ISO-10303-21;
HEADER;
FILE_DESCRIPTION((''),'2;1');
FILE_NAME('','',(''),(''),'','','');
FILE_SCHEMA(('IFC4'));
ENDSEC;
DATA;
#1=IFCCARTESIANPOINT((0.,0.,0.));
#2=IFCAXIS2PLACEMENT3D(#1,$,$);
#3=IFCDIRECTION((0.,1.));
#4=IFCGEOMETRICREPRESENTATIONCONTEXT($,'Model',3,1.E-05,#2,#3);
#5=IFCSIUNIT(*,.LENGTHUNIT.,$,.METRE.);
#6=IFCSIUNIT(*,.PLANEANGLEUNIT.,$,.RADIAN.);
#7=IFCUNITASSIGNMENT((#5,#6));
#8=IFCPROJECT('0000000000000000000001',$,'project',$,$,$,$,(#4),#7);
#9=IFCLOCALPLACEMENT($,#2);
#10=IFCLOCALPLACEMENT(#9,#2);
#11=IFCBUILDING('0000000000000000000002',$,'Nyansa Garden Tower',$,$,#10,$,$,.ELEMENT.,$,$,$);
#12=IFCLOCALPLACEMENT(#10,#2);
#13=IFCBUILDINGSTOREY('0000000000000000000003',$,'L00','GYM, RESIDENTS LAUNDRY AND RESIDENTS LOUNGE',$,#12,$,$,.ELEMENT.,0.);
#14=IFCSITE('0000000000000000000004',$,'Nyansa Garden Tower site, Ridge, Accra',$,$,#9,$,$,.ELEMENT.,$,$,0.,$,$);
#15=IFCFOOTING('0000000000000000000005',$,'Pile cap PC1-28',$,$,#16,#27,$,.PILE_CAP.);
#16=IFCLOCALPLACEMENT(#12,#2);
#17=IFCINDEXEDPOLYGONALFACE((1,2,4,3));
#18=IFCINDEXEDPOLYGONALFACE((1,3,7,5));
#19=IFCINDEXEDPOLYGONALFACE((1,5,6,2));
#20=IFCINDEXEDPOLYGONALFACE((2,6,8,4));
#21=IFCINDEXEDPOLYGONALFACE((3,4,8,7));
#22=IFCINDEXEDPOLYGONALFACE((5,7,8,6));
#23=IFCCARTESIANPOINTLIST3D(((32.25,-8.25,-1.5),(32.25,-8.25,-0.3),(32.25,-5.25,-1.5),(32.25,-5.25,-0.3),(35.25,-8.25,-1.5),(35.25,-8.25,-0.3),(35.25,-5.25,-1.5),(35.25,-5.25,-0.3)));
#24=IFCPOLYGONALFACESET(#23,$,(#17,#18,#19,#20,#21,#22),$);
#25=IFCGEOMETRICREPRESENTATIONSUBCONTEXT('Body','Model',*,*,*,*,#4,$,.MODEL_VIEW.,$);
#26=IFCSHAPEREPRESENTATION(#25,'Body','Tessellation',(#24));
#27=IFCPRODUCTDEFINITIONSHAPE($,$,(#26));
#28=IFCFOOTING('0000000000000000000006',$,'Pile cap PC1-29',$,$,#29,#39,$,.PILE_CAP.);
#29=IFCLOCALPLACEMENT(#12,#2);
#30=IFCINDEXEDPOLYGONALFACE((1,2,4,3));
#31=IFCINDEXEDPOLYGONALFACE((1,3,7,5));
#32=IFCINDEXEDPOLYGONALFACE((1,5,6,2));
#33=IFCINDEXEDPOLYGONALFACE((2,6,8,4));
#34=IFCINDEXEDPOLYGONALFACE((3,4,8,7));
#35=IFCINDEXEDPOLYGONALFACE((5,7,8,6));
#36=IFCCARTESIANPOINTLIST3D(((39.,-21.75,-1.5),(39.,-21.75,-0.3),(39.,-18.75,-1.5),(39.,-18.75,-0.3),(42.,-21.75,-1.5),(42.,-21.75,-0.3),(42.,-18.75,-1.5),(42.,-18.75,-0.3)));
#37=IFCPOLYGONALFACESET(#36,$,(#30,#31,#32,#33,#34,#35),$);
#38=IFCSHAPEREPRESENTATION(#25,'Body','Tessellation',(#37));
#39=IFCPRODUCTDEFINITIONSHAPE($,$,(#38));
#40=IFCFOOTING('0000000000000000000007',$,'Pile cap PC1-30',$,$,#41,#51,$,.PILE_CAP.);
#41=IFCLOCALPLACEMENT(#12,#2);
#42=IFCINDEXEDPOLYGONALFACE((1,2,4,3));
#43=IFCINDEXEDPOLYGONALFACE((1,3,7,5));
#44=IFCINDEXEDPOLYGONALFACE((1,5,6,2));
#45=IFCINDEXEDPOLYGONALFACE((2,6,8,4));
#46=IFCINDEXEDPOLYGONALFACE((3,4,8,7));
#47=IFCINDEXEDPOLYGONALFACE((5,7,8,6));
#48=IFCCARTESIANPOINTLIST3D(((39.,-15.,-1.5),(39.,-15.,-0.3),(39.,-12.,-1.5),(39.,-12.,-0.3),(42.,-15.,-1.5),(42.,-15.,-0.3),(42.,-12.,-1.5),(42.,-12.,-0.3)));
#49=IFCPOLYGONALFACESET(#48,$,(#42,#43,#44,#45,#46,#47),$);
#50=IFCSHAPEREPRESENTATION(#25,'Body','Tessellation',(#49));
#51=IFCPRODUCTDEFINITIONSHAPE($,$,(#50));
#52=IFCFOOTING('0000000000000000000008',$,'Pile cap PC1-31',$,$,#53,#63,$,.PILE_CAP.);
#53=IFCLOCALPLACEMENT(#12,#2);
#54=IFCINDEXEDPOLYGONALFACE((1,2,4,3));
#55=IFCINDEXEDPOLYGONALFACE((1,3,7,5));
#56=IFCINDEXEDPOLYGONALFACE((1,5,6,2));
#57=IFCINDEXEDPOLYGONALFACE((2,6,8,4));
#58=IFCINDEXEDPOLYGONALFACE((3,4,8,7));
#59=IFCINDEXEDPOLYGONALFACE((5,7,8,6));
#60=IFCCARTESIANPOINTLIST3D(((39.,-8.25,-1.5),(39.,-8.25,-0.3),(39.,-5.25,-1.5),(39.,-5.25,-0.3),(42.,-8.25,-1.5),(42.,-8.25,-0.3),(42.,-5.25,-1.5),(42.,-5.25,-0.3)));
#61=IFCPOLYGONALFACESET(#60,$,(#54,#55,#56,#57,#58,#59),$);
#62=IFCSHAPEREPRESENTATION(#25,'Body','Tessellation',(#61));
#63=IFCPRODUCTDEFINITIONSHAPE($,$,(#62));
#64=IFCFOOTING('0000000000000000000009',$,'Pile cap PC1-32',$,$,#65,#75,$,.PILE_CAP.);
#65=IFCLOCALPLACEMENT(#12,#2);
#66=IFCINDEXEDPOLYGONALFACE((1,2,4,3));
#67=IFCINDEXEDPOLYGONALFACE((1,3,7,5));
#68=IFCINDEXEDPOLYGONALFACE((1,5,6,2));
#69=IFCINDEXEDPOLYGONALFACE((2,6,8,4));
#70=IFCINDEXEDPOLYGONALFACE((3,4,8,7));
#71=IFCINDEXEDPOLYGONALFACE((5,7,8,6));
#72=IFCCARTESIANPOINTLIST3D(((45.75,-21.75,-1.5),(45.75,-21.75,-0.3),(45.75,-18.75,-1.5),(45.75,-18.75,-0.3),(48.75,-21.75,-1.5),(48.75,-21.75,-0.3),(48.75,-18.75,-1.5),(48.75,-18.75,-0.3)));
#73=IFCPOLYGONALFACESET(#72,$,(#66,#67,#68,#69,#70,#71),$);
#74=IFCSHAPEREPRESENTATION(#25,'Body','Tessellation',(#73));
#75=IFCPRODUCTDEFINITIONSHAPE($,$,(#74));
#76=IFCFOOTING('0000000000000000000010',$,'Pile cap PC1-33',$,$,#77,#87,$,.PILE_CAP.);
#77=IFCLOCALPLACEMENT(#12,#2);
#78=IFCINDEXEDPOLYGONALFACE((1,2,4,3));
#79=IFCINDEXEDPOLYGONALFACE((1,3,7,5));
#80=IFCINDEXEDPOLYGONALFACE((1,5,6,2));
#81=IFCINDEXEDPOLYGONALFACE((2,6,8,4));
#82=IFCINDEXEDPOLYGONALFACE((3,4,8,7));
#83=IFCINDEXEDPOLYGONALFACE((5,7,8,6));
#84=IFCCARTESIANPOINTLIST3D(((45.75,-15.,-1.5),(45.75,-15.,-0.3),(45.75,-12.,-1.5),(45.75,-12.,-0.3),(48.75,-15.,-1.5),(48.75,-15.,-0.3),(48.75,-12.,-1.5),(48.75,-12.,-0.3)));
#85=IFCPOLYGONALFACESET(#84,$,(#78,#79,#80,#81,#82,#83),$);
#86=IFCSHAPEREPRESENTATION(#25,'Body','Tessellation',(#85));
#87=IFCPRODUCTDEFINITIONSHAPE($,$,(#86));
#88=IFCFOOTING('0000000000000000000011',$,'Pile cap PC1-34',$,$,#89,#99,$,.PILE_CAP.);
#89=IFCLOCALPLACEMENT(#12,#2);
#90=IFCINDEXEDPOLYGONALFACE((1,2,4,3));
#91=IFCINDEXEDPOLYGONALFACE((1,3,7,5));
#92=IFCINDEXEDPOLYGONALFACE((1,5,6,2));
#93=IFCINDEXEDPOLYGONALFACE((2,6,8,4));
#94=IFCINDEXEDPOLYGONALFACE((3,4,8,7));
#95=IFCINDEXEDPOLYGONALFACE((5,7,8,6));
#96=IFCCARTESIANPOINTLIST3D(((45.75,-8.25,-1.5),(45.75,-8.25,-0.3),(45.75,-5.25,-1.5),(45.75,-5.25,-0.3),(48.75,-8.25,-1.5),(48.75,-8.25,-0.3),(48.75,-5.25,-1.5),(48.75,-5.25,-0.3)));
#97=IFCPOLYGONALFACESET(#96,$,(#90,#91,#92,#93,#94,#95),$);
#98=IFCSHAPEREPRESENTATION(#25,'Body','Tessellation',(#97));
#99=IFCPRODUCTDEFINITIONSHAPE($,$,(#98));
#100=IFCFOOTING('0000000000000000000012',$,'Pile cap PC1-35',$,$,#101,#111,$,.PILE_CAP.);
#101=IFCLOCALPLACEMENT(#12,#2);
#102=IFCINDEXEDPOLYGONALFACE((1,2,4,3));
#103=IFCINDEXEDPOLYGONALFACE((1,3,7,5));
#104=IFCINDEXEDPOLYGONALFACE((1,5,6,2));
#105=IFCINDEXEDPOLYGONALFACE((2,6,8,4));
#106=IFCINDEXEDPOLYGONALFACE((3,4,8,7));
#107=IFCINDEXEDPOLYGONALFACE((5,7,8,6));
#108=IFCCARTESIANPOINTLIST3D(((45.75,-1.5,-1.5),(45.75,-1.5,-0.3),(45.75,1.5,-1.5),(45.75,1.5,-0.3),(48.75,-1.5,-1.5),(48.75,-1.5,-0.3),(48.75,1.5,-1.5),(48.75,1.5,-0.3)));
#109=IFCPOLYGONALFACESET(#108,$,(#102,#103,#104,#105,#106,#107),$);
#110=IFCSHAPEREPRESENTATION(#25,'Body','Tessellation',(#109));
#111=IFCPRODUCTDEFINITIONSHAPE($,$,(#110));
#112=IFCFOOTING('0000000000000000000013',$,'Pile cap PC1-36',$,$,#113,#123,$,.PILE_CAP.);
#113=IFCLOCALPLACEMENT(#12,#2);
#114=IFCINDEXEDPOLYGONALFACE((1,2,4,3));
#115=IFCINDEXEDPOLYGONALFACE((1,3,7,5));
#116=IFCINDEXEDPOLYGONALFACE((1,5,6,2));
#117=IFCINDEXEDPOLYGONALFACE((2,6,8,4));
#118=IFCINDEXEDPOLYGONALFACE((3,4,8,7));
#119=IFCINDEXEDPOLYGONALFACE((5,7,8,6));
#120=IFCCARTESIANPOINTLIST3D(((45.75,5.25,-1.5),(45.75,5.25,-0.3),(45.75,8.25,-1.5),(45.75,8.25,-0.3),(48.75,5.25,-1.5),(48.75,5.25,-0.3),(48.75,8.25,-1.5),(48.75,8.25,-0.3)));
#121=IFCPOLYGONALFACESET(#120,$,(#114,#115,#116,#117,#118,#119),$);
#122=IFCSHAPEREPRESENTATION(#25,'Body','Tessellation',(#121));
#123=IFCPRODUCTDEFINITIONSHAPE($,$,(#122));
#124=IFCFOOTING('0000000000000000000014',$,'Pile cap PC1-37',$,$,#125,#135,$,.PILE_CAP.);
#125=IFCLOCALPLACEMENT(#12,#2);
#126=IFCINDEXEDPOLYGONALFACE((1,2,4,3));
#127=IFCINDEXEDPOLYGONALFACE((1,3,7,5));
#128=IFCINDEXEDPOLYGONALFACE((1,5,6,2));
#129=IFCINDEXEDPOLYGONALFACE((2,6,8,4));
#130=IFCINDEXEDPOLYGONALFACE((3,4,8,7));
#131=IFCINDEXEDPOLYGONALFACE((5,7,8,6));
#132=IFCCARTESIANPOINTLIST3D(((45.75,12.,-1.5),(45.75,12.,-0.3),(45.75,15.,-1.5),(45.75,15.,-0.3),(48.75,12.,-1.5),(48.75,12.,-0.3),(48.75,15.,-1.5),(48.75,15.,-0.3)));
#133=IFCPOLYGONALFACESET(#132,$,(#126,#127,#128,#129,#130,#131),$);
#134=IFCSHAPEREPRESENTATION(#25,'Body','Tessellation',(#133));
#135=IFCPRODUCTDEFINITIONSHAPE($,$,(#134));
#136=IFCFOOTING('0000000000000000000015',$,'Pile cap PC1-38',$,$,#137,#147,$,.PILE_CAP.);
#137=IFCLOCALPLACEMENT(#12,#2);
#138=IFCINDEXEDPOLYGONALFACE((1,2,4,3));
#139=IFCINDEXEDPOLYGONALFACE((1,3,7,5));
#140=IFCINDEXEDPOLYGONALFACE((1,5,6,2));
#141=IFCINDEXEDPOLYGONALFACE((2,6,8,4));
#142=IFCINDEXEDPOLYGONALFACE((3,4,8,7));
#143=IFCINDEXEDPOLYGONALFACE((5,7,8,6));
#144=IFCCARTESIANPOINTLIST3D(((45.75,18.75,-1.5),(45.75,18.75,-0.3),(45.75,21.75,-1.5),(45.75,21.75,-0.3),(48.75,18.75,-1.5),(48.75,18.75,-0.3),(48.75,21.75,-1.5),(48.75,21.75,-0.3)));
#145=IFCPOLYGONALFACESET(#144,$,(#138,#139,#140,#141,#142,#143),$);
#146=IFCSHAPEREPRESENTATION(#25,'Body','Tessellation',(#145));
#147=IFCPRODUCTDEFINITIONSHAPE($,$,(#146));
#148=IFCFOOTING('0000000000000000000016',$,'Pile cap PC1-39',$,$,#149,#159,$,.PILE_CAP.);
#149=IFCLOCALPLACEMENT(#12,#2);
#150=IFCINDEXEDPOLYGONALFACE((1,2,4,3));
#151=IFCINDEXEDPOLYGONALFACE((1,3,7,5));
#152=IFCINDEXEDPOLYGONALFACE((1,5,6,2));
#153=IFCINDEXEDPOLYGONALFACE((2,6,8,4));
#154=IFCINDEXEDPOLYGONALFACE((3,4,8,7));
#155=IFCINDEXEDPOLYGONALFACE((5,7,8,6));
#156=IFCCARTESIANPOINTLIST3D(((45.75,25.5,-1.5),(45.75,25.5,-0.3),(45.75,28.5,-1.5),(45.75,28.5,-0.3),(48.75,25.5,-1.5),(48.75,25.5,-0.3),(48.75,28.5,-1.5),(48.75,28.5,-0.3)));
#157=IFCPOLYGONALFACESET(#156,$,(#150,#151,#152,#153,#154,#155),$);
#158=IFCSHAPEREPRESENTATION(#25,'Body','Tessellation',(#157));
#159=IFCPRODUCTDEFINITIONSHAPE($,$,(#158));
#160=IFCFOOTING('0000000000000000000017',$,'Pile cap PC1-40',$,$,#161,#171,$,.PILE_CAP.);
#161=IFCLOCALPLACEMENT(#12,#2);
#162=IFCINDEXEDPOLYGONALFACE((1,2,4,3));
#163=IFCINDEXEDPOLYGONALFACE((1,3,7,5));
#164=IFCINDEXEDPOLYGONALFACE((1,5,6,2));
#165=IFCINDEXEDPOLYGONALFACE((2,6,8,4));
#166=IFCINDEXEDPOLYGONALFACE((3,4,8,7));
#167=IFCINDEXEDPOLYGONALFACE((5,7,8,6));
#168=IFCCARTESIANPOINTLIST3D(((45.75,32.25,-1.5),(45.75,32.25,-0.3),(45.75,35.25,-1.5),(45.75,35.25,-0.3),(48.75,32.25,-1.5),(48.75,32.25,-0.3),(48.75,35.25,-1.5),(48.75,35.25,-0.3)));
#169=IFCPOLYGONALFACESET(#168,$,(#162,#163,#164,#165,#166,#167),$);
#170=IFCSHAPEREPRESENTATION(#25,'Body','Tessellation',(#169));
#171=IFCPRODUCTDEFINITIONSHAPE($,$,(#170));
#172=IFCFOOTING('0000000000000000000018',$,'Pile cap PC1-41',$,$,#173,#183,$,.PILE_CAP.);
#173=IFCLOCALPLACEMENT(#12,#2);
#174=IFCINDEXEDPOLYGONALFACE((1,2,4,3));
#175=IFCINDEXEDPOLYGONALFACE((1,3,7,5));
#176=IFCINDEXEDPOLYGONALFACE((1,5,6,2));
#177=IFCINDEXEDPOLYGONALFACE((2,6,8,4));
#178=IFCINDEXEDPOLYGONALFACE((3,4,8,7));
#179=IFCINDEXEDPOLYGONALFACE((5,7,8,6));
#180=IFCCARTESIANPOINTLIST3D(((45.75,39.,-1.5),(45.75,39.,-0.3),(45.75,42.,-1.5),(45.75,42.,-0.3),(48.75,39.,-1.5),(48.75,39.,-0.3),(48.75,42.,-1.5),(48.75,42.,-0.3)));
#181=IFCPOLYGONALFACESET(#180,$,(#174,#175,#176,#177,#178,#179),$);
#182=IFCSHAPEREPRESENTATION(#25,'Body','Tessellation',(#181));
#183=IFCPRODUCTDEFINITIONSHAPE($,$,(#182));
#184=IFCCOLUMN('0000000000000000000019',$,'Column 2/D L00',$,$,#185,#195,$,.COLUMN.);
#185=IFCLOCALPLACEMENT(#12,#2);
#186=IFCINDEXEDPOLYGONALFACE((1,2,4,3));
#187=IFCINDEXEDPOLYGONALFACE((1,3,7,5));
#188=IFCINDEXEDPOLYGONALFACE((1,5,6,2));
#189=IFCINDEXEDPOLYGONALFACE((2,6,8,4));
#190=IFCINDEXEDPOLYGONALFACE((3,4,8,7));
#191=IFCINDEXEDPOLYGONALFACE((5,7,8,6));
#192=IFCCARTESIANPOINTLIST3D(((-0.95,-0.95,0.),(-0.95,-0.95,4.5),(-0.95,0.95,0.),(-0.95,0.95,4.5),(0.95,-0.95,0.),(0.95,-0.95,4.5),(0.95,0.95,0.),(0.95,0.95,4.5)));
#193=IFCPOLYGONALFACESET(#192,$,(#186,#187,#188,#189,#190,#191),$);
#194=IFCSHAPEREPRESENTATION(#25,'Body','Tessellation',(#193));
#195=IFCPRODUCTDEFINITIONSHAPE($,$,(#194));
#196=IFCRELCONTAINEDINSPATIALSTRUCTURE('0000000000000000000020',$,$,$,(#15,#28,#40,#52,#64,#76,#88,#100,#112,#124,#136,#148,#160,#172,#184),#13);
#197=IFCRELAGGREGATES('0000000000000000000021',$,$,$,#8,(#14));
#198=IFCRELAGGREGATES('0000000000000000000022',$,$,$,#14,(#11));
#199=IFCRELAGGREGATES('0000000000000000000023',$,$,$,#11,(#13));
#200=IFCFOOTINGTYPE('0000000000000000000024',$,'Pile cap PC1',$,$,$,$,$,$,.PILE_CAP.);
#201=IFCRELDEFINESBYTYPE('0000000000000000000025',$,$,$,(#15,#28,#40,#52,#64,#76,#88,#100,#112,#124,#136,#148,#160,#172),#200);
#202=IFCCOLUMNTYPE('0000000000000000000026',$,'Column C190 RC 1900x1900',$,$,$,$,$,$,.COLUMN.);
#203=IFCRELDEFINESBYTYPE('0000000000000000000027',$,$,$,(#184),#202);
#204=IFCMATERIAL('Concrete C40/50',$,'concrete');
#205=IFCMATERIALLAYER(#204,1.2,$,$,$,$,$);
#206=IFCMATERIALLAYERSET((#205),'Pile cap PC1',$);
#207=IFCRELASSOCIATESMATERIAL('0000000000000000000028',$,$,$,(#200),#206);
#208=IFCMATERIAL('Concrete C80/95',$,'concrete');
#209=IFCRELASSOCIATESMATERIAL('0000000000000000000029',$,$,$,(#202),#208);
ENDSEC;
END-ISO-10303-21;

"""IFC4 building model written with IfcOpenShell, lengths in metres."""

from ifc_helpers import new_model, si_unit, direction, frame, origin, origin_with_axes, origin_2d, place, context, subcontext, project, spatial, polyline, rectangle, outline, extrude, material, layer, layer_set, material_profile, profile_set, type_object, element, save


model = new_model("IFC4")

# Units and contexts
model_context = context("Model", 3, precision=1e-05, world=origin(), true_north=direction((0.0, 1.0)))
body_context = subcontext(model_context, "Body", "Model", "MODEL_VIEW")
ifc_project = project(units=[si_unit("LENGTHUNIT", "METRE"), si_unit("PLANEANGLEUNIT", "RADIAN")], contexts=[model_context])

# Site, building, storey
site_placement = place(None, origin())
site = spatial("IfcSite", under=ifc_project, at=site_placement, Name="Nyansa Garden Tower site, Ridge, Accra", CompositionType="ELEMENT", RefElevation=0.0)
building_placement = place(site_placement, origin())
building = spatial("IfcBuilding", under=site, at=building_placement, Name="Nyansa Garden Tower", CompositionType="ELEMENT")
storey_placement = place(building_placement, origin())
storey = spatial("IfcBuildingStorey", under=building, at=storey_placement, Name="L00", Description="GYM, RESIDENTS LAUNDRY AND RESIDENTS LOUNGE", CompositionType="ELEMENT", Elevation=0.0)

# Footings
ifc_material_1 = material(Name="Concrete C40/50", Category="concrete")
ifc_layer = layer(ifc_material_1, 1.2)
ifc_layer_set = layer_set([ifc_layer], Name="Pile cap PC1")
footing_type = type_object("IfcFootingType", Name="Pile cap PC1", PredefinedType="PILE_CAP", material=ifc_layer_set)
footing_1_placement = place(storey_placement, frame((0.0, 0.0, -1.5)))
element("IfcFooting", 1, at=footing_1_placement, inside=storey, type_object=footing_type, Name="Pile cap PC1-28", PredefinedType="PILE_CAP", context=body_context, shape_type="SweptSolid", body=[
    extrude(outline(polyline([(32.25, -8.25), (35.25, -8.25), (35.25, -5.25), (32.25, -5.25), (32.25, -8.25)])), origin(), (0.0, 0.0, 1.0), 1.2),
])
footing_2_placement = place(storey_placement, frame((0.0, 0.0, -1.5)))
element("IfcFooting", 2, at=footing_2_placement, inside=storey, type_object=footing_type, Name="Pile cap PC1-29", PredefinedType="PILE_CAP", context=body_context, shape_type="SweptSolid", body=[
    extrude(outline(polyline([(39.0, -21.75), (42.0, -21.75), (42.0, -18.75), (39.0, -18.75), (39.0, -21.75)])), origin(), (0.0, 0.0, 1.0), 1.2),
])
footing_3_placement = place(storey_placement, frame((0.0, 0.0, -1.5)))
element("IfcFooting", 3, at=footing_3_placement, inside=storey, type_object=footing_type, Name="Pile cap PC1-30", PredefinedType="PILE_CAP", context=body_context, shape_type="SweptSolid", body=[
    extrude(outline(polyline([(39.0, -15.0), (42.0, -15.0), (42.0, -12.0), (39.0, -12.0), (39.0, -15.0)])), origin(), (0.0, 0.0, 1.0), 1.2),
])
footing_4_placement = place(storey_placement, frame((0.0, 0.0, -1.5)))
element("IfcFooting", 4, at=footing_4_placement, inside=storey, type_object=footing_type, Name="Pile cap PC1-31", PredefinedType="PILE_CAP", context=body_context, shape_type="SweptSolid", body=[
    extrude(outline(polyline([(39.0, -8.25), (42.0, -8.25), (42.0, -5.25), (39.0, -5.25), (39.0, -8.25)])), origin(), (0.0, 0.0, 1.0), 1.2),
])
footing_5_placement = place(storey_placement, frame((0.0, 0.0, -1.5)))
element("IfcFooting", 5, at=footing_5_placement, inside=storey, type_object=footing_type, Name="Pile cap PC1-32", PredefinedType="PILE_CAP", context=body_context, shape_type="SweptSolid", body=[
    extrude(outline(polyline([(45.75, -21.75), (48.75, -21.75), (48.75, -18.75), (45.75, -18.75), (45.75, -21.75)])), origin(), (0.0, 0.0, 1.0), 1.2),
])
footing_6_placement = place(storey_placement, frame((0.0, 0.0, -1.5)))
element("IfcFooting", 6, at=footing_6_placement, inside=storey, type_object=footing_type, Name="Pile cap PC1-33", PredefinedType="PILE_CAP", context=body_context, shape_type="SweptSolid", body=[
    extrude(outline(polyline([(45.75, -15.0), (48.75, -15.0), (48.75, -12.0), (45.75, -12.0), (45.75, -15.0)])), origin(), (0.0, 0.0, 1.0), 1.2),
])
footing_7_placement = place(storey_placement, frame((0.0, 0.0, -1.5)))
element("IfcFooting", 7, at=footing_7_placement, inside=storey, type_object=footing_type, Name="Pile cap PC1-34", PredefinedType="PILE_CAP", context=body_context, shape_type="SweptSolid", body=[
    extrude(outline(polyline([(45.75, -8.25), (48.75, -8.25), (48.75, -5.25), (45.75, -5.25), (45.75, -8.25)])), origin(), (0.0, 0.0, 1.0), 1.2),
])
footing_8_placement = place(storey_placement, frame((0.0, 0.0, -1.5)))
element("IfcFooting", 8, at=footing_8_placement, inside=storey, type_object=footing_type, Name="Pile cap PC1-35", PredefinedType="PILE_CAP", context=body_context, shape_type="SweptSolid", body=[
    extrude(outline(polyline([(45.75, -1.5), (48.75, -1.5), (48.75, 1.5), (45.75, 1.5), (45.75, -1.5)])), origin(), (0.0, 0.0, 1.0), 1.2),
])
footing_9_placement = place(storey_placement, frame((0.0, 0.0, -1.5)))
element("IfcFooting", 9, at=footing_9_placement, inside=storey, type_object=footing_type, Name="Pile cap PC1-36", PredefinedType="PILE_CAP", context=body_context, shape_type="SweptSolid", body=[
    extrude(outline(polyline([(45.75, 5.25), (48.75, 5.25), (48.75, 8.25), (45.75, 8.25), (45.75, 5.25)])), origin(), (0.0, 0.0, 1.0), 1.2),
])
footing_10_placement = place(storey_placement, frame((0.0, 0.0, -1.5)))
element("IfcFooting", 10, at=footing_10_placement, inside=storey, type_object=footing_type, Name="Pile cap PC1-37", PredefinedType="PILE_CAP", context=body_context, shape_type="SweptSolid", body=[
    extrude(outline(polyline([(45.75, 12.0), (48.75, 12.0), (48.75, 15.0), (45.75, 15.0), (45.75, 12.0)])), origin(), (0.0, 0.0, 1.0), 1.2),
])
footing_11_placement = place(storey_placement, frame((0.0, 0.0, -1.5)))
element("IfcFooting", 11, at=footing_11_placement, inside=storey, type_object=footing_type, Name="Pile cap PC1-38", PredefinedType="PILE_CAP", context=body_context, shape_type="SweptSolid", body=[
    extrude(outline(polyline([(45.75, 18.75), (48.75, 18.75), (48.75, 21.75), (45.75, 21.75), (45.75, 18.75)])), origin(), (0.0, 0.0, 1.0), 1.2),
])
footing_12_placement = place(storey_placement, frame((0.0, 0.0, -1.5)))
element("IfcFooting", 12, at=footing_12_placement, inside=storey, type_object=footing_type, Name="Pile cap PC1-39", PredefinedType="PILE_CAP", context=body_context, shape_type="SweptSolid", body=[
    extrude(outline(polyline([(45.75, 25.5), (48.75, 25.5), (48.75, 28.5), (45.75, 28.5), (45.75, 25.5)])), origin(), (0.0, 0.0, 1.0), 1.2),
])
footing_13_placement = place(storey_placement, frame((0.0, 0.0, -1.5)))
element("IfcFooting", 13, at=footing_13_placement, inside=storey, type_object=footing_type, Name="Pile cap PC1-40", PredefinedType="PILE_CAP", context=body_context, shape_type="SweptSolid", body=[
    extrude(outline(polyline([(45.75, 32.25), (48.75, 32.25), (48.75, 35.25), (45.75, 35.25), (45.75, 32.25)])), origin(), (0.0, 0.0, 1.0), 1.2),
])
footing_14_placement = place(storey_placement, frame((0.0, 0.0, -1.5)))
element("IfcFooting", 14, at=footing_14_placement, inside=storey, type_object=footing_type, Name="Pile cap PC1-41", PredefinedType="PILE_CAP", context=body_context, shape_type="SweptSolid", body=[
    extrude(outline(polyline([(45.75, 39.0), (48.75, 39.0), (48.75, 42.0), (45.75, 42.0), (45.75, 39.0)])), origin(), (0.0, 0.0, 1.0), 1.2),
])

# Column
ifc_material_2 = material(Name="Concrete C80/95", Category="concrete")
ifc_material_profile_1 = material_profile(ifc_material_2, rectangle(XDim=1.8999, YDim=1.8999, at=origin_2d()), Name="RC 1900x1900")
ifc_profile_set_1 = profile_set([ifc_material_profile_1], Name="Concrete C80/95")
column_type = type_object("IfcColumnType", Name="Column C190 RC 1900x1900", PredefinedType="COLUMN", material=ifc_profile_set_1)
column_placement = place(storey_placement, origin_with_axes())
element("IfcColumn", 15, at=column_placement, inside=storey, type_object=column_type, Name="Column 2/D L00", PredefinedType="COLUMN", context=body_context, shape_type="SweptSolid", body=[
    extrude(rectangle(XDim=1.8999, YDim=1.8999, at=origin_2d()), origin(), (0.0, 0.0, 1.0), 4.5),
])

save(model, "model.ifc")
